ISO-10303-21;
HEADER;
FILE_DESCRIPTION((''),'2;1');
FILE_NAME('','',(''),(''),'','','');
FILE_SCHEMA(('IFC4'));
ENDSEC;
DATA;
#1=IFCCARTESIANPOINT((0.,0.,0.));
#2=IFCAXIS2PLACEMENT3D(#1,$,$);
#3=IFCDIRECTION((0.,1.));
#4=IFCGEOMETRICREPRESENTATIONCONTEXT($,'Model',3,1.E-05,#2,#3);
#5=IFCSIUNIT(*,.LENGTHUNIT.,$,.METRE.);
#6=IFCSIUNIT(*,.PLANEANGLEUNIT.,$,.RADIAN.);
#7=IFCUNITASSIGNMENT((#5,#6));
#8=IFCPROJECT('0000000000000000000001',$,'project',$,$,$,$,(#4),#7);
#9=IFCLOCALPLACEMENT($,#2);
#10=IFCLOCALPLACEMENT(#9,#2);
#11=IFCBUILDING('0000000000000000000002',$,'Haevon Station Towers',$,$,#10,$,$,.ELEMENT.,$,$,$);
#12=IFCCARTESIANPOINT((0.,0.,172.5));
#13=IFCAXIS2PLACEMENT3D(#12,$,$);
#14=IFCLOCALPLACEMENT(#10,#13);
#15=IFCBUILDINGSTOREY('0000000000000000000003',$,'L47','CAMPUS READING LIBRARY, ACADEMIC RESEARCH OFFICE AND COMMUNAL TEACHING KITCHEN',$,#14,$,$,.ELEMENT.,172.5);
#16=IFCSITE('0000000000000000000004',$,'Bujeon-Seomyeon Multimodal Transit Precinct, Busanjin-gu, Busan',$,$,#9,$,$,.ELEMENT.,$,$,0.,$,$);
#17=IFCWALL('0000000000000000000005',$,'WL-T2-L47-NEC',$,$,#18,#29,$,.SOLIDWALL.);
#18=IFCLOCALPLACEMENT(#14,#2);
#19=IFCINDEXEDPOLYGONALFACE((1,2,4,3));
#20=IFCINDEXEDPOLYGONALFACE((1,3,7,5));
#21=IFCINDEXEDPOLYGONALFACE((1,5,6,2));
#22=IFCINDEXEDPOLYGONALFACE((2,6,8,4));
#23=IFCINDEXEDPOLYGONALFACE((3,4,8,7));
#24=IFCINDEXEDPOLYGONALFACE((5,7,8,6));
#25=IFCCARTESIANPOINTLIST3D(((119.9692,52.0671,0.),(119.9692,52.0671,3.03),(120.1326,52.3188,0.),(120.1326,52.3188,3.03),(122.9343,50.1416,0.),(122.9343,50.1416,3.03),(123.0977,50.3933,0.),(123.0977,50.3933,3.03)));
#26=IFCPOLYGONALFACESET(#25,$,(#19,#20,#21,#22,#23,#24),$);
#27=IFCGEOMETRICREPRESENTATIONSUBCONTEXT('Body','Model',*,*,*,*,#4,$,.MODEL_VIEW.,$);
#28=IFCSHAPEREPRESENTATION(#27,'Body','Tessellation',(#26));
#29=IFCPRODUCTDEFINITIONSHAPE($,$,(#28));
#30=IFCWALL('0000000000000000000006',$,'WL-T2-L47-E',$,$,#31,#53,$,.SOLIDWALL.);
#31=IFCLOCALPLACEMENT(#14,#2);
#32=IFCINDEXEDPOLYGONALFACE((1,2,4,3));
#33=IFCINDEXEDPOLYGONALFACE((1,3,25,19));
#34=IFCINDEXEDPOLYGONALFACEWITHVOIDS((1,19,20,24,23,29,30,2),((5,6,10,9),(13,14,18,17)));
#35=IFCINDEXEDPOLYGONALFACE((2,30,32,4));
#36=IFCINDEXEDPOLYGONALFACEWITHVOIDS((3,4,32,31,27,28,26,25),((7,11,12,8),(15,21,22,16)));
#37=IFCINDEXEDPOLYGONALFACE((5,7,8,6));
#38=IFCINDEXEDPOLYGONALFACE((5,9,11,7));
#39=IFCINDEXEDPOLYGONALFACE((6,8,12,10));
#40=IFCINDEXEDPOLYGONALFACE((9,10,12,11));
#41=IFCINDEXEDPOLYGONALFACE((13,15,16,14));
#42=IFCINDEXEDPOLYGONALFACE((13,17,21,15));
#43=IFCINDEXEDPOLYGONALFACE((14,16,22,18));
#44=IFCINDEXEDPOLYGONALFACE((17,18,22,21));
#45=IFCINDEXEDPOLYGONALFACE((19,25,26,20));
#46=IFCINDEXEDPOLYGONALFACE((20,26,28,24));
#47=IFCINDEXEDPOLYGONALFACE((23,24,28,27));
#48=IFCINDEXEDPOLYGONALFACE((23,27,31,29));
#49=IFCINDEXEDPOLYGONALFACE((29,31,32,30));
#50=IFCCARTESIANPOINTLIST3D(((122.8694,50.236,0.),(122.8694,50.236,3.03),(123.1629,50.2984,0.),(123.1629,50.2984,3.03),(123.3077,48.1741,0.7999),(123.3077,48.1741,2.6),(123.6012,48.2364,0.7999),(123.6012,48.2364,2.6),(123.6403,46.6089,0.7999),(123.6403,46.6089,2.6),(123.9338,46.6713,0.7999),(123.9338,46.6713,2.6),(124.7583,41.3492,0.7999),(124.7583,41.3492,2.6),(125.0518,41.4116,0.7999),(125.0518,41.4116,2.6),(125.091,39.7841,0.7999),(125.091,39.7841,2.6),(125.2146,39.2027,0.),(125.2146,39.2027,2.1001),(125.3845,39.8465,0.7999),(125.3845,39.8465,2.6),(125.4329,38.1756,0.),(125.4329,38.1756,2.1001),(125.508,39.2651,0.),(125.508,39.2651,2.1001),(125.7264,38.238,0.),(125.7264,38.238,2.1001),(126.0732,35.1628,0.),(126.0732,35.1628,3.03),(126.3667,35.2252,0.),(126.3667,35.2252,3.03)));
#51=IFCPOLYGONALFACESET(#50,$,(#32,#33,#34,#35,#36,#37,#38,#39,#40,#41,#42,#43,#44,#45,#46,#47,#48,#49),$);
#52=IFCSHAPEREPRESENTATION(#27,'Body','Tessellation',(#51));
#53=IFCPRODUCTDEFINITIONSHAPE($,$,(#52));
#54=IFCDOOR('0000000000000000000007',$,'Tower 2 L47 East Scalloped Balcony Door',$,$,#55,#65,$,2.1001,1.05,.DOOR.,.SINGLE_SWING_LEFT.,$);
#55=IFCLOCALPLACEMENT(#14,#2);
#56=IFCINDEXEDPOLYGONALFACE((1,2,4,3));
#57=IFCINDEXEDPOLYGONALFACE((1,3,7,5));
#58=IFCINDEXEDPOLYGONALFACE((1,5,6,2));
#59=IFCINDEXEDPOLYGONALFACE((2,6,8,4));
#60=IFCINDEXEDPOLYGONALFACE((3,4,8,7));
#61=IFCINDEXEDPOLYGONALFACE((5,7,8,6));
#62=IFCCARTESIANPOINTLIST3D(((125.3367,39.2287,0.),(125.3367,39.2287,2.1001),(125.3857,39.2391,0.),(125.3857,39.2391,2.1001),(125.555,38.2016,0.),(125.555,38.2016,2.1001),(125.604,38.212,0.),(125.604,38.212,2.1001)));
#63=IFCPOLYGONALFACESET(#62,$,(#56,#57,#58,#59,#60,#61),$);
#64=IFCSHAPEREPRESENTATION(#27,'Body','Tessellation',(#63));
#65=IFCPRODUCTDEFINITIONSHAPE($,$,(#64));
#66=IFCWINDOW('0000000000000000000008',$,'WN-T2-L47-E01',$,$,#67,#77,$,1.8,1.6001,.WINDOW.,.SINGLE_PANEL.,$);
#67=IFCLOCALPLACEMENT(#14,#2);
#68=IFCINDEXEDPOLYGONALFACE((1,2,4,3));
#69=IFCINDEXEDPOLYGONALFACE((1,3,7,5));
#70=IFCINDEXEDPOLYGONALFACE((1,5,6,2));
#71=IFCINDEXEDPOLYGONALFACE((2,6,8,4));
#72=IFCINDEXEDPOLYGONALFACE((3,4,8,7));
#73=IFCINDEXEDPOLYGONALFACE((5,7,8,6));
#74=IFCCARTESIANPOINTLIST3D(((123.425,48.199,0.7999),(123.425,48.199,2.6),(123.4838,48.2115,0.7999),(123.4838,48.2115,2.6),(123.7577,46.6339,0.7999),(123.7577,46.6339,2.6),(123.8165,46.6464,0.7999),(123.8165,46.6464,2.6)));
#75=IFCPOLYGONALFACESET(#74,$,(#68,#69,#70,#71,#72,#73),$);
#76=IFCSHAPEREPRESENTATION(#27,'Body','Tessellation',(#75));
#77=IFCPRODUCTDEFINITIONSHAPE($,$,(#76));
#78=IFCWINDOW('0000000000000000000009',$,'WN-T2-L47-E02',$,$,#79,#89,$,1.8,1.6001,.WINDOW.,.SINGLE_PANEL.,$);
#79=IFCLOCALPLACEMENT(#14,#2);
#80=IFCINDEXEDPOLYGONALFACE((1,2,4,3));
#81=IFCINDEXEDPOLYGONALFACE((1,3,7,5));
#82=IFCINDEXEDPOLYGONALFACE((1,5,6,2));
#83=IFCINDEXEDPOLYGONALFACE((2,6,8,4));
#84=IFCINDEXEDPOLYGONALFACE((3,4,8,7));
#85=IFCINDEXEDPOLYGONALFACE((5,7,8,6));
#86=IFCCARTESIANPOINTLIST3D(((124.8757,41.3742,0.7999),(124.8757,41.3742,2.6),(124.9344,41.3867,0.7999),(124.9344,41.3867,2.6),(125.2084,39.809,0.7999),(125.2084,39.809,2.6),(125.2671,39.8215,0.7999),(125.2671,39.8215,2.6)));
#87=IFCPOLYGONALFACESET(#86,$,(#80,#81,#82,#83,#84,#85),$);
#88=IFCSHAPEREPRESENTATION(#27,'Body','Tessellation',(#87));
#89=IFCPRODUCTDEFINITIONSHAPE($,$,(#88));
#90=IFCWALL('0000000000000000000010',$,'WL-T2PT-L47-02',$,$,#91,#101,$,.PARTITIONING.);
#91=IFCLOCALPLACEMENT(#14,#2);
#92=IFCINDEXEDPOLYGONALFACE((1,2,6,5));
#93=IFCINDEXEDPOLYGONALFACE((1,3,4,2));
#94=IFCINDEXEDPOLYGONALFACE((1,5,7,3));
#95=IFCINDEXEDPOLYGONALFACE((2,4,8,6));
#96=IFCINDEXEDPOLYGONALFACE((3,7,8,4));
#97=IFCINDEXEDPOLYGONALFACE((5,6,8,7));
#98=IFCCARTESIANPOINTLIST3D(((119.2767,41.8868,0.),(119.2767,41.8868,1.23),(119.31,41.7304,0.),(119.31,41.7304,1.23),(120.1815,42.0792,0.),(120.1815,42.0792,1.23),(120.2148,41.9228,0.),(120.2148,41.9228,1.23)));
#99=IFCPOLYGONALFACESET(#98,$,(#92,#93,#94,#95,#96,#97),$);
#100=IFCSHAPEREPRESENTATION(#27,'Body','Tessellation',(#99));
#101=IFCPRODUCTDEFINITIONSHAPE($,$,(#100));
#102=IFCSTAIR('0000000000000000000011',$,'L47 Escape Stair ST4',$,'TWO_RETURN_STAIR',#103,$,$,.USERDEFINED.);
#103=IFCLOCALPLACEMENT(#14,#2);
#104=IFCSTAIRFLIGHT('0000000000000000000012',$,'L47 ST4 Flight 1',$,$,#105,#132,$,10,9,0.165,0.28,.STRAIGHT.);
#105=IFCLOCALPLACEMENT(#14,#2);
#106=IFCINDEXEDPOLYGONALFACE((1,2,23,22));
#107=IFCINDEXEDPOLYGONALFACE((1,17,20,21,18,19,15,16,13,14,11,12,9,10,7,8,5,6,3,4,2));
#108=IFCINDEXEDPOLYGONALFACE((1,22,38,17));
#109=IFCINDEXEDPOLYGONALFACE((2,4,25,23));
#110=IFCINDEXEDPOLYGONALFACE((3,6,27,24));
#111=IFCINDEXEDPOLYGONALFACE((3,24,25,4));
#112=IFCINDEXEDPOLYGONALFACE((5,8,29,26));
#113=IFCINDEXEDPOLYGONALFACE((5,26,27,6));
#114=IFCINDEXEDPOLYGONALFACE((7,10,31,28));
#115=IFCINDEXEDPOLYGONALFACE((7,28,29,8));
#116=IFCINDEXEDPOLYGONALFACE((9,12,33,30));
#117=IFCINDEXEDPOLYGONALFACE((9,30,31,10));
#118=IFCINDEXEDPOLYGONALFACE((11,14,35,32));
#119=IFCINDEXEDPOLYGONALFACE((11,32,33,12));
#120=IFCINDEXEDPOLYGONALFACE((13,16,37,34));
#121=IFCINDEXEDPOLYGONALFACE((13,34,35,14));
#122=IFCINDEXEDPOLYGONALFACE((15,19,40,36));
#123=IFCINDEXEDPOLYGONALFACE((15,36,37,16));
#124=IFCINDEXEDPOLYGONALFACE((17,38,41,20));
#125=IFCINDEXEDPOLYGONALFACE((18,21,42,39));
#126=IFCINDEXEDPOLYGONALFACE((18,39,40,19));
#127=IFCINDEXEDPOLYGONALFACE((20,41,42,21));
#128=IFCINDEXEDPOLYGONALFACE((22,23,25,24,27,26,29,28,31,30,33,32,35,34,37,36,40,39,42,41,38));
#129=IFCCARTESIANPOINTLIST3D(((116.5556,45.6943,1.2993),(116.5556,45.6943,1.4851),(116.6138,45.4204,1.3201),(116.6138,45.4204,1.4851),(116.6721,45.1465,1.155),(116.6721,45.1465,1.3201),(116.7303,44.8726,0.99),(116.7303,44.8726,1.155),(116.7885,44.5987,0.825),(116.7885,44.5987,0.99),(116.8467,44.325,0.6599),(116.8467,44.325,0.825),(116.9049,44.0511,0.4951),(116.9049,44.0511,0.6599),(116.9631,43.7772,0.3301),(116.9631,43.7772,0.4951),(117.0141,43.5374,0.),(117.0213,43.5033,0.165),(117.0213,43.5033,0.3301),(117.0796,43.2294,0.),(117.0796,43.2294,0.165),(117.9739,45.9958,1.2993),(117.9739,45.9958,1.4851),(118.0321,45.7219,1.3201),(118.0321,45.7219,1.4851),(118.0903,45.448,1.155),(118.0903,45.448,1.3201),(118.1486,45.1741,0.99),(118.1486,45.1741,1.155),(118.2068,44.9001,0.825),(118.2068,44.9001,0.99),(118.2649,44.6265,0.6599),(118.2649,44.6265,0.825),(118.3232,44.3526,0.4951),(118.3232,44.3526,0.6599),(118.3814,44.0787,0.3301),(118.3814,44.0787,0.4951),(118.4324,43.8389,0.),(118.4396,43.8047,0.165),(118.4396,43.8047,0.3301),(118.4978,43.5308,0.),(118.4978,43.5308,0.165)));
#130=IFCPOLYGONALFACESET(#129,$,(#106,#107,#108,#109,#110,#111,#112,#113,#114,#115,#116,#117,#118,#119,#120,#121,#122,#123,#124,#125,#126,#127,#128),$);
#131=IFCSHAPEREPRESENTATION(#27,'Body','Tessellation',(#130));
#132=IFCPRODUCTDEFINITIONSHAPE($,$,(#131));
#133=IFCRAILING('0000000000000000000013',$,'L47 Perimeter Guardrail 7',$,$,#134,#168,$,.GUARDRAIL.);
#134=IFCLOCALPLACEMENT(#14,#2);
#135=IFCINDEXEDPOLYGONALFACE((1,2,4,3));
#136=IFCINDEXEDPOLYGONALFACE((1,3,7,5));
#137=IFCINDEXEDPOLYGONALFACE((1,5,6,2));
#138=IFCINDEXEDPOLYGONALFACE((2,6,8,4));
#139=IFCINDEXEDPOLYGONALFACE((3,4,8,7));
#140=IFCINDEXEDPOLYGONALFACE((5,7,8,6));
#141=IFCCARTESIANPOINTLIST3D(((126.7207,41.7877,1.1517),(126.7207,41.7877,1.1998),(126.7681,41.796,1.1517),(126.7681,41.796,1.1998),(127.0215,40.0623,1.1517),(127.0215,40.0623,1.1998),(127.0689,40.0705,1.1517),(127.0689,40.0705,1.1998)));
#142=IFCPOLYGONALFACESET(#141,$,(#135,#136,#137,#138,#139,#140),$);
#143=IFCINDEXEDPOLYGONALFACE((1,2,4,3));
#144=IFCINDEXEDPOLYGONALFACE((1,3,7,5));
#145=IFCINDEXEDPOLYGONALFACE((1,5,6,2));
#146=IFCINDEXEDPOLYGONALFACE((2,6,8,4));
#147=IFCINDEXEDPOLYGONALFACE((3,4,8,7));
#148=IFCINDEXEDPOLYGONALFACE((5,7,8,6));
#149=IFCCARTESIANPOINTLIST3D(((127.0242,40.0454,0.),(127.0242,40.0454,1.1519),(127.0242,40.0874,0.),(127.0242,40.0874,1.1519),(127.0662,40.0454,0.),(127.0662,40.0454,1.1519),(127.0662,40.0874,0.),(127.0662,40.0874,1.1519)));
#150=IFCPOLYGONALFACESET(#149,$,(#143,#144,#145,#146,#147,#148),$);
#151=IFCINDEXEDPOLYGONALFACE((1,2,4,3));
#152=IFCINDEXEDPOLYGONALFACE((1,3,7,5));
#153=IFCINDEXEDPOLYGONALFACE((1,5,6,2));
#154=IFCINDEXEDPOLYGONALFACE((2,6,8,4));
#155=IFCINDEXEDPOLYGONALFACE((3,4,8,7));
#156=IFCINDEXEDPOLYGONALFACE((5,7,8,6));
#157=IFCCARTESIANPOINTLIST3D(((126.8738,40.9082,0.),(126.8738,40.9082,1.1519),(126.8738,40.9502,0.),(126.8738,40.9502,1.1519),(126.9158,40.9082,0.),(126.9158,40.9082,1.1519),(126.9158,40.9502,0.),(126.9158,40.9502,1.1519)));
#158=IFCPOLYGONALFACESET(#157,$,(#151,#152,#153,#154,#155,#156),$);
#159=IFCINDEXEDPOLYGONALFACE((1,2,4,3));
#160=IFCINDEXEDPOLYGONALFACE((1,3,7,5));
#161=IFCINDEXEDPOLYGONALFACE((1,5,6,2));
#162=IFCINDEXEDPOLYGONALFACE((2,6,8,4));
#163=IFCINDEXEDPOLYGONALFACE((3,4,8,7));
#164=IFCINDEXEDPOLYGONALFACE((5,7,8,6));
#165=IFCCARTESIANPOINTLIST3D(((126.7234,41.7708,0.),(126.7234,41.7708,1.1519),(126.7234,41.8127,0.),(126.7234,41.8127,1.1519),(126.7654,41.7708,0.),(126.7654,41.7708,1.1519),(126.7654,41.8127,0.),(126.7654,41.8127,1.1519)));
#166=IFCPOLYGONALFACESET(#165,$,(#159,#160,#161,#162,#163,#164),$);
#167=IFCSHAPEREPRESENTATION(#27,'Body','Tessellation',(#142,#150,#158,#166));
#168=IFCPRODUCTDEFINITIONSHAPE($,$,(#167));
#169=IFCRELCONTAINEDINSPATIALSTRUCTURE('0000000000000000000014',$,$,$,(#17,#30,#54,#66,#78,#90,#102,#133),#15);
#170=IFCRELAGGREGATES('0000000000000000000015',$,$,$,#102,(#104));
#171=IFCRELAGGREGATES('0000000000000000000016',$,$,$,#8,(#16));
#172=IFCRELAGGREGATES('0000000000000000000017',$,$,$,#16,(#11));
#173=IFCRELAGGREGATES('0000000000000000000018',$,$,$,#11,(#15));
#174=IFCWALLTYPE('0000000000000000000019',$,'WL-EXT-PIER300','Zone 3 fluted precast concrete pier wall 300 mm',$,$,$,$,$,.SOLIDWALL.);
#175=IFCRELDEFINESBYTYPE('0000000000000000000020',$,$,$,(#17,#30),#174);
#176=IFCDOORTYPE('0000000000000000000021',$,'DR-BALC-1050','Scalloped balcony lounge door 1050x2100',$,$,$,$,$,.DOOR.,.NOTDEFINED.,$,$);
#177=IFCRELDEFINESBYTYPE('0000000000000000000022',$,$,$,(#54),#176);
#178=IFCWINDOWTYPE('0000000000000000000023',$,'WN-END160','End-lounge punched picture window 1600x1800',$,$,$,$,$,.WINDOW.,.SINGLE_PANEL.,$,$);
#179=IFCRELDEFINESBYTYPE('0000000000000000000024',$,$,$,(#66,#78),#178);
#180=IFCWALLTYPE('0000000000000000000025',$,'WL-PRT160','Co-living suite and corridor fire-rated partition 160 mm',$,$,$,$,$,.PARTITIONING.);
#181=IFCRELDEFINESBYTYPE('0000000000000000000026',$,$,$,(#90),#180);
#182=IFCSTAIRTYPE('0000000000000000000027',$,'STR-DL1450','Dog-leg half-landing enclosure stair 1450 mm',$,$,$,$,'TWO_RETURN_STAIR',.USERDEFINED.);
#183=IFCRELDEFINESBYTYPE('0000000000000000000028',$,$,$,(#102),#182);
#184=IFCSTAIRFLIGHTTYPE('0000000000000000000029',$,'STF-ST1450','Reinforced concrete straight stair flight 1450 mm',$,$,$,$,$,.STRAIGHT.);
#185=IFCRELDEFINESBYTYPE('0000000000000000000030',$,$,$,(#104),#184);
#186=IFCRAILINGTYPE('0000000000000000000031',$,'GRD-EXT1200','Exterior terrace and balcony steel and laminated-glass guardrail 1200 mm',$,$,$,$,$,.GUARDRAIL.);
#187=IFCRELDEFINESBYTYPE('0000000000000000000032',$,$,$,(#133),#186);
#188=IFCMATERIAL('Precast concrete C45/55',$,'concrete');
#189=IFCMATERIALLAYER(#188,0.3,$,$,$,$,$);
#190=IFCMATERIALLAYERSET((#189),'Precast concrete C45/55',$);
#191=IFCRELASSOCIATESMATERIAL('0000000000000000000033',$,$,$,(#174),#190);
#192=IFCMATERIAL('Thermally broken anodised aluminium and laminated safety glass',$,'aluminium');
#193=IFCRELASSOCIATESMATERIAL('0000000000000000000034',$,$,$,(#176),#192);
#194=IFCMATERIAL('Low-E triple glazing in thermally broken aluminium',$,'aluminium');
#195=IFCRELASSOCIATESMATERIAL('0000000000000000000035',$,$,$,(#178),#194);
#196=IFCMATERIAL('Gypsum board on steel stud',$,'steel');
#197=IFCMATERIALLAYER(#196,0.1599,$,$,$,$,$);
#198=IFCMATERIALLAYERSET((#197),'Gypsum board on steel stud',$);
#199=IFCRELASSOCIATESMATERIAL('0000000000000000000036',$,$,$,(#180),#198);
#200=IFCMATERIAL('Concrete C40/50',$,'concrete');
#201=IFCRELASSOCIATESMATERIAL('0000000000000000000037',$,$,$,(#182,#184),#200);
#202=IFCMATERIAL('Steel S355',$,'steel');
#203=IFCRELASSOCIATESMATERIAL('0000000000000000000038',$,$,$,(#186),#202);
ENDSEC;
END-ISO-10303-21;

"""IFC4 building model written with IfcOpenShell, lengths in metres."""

from ifc_helpers import new_model, si_unit, direction, frame, frame_2d, origin, origin_2d, place, context, subcontext, project, spatial, polyline, rectangle, outline, extrude, material, layer, layer_set, type_object, element, fill, aggregate, save


model = new_model("IFC4")

# Units and contexts
model_context = context("Model", 3, precision=1e-05, world=origin(), true_north=direction((0.0, 1.0)))
body_context = subcontext(model_context, "Body", "Model", "MODEL_VIEW")
ifc_project = project(units=[si_unit("LENGTHUNIT", "METRE"), si_unit("PLANEANGLEUNIT", "RADIAN")], contexts=[model_context])

# Site, building, storey
site_placement = place(None, origin())
site = spatial("IfcSite", under=ifc_project, at=site_placement, Name="Bujeon-Seomyeon Multimodal Transit Precinct, Busanjin-gu, Busan", CompositionType="ELEMENT", RefElevation=0.0)
building_placement = place(site_placement, origin())
building = spatial("IfcBuilding", under=site, at=building_placement, Name="Haevon Station Towers", CompositionType="ELEMENT")
storey_placement = place(building_placement, frame((0.0, 0.0, 172.5)))
storey = spatial("IfcBuildingStorey", under=building, at=storey_placement, Name="L47", Description="CAMPUS READING LIBRARY, ACADEMIC RESEARCH OFFICE AND COMMUNAL TEACHING KITCHEN", CompositionType="ELEMENT", Elevation=172.5)

# Shared definitions
ifc_material_1 = material(Name="Steel S355", Category="steel")

# Wall
ifc_material_2 = material(Name="Precast concrete C45/55", Category="concrete")
ifc_layer_1 = layer(ifc_material_2, 0.3)
ifc_layer_set_1 = layer_set([ifc_layer_1], Name="Precast concrete C45/55")
wall_type_1 = type_object("IfcWallType", Name="WL-EXT-PIER300", Description="Zone 3 fluted precast concrete pier wall 300 mm", PredefinedType="SOLIDWALL", material=ifc_layer_set_1)
wall_1_placement = place(storey_placement, frame((120.051, 52.1929, 0.0), z_axis=(0.0, 0.0, 1.0), x_axis=(0.838672, -0.544636, 0.0)))
element("IfcWall", 1, at=wall_1_placement, inside=storey, type_object=wall_type_1, Name="WL-T2-L47-NEC", PredefinedType="SOLIDWALL", context=body_context, shape_type="SweptSolid", body=[
    extrude(rectangle(XDim=3.5354, YDim=0.3, at=frame_2d((1.7676, 0.0))), origin(), (0.0, 0.0, 1.0), 3.03),
])

# Wall, openings, door, windows
wall_2_placement = place(storey_placement, frame((123.0161, 50.2673, 0.0), z_axis=(0.0, 0.0, 1.0), x_axis=(0.207908, -0.978148, 0.0)))
wall_2 = element("IfcWall", 2, at=wall_2_placement, inside=storey, type_object=wall_type_1, Name="WL-T2-L47-E", PredefinedType="SOLIDWALL", context=body_context, shape_type="SweptSolid", body=[
    extrude(rectangle(XDim=15.4099, YDim=0.3, at=frame_2d((7.7051, 0.0))), origin(), (0.0, 0.0, 1.0), 3.03),
])
opening_1_placement = place(wall_2_placement, frame((11.28, 0.0, 0.0)))
opening_1 = element("IfcOpeningElement", 3, at=opening_1_placement, cuts=wall_2, PredefinedType="OPENING", context=body_context, shape_type="SweptSolid", body=[
    extrude(rectangle(XDim=1.05, YDim=2.1001, at=frame_2d((0.5249, 1.05))), frame((0.0, 0.1599, 0.0), z_axis=(0.0, -1.0, 0.0), x_axis=(1.0, 0.0, 0.0)), (0.0, 0.0, 1.0), 0.3201),
])
opening_2_placement = place(wall_2_placement, frame((2.1082, 0.0, 0.8)))
opening_2 = element("IfcOpeningElement", 4, at=opening_2_placement, cuts=wall_2, PredefinedType="OPENING", context=body_context, shape_type="SweptSolid", body=[
    extrude(rectangle(XDim=1.6001, YDim=1.8, at=frame_2d((0.8, 0.8999))), frame((0.0, 0.1599, 0.0), z_axis=(0.0, -1.0, 0.0), x_axis=(1.0, 0.0, 0.0)), (0.0, 0.0, 1.0), 0.3201),
])
opening_3_placement = place(wall_2_placement, frame((9.0854, 0.0, 0.8)))
opening_3 = element("IfcOpeningElement", 5, at=opening_3_placement, cuts=wall_2, PredefinedType="OPENING", context=body_context, shape_type="SweptSolid", body=[
    extrude(rectangle(XDim=1.6001, YDim=1.8, at=frame_2d((0.8, 0.8999))), frame((0.0, 0.1599, 0.0), z_axis=(0.0, -1.0, 0.0), x_axis=(1.0, 0.0, 0.0)), (0.0, 0.0, 1.0), 0.3201),
])
ifc_material_3 = material(Name="Thermally broken anodised aluminium and laminated safety glass", Category="aluminium")
door_type = type_object("IfcDoorType", Name="DR-BALC-1050", Description="Scalloped balcony lounge door 1050x2100", OperationType="NOTDEFINED", PredefinedType="DOOR", material=ifc_material_3)
door_placement = place(opening_1_placement, origin())
door = element("IfcDoor", 6, at=door_placement, inside=storey, type_object=door_type, Name="Tower 2 L47 East Scalloped Balcony Door", OperationType="SINGLE_SWING_LEFT", OverallHeight=2.1001, OverallWidth=1.05, PredefinedType="DOOR", context=body_context, shape_type="SweptSolid", body=[
    extrude(rectangle(XDim=1.05, YDim=2.1001, at=frame_2d((0.5249, 1.05))), frame((0.0, 0.0249, 0.0), z_axis=(0.0, -1.0, 0.0), x_axis=(1.0, 0.0, 0.0)), (0.0, 0.0, 1.0), 0.05),
])
fill(opening_1, door)
ifc_material_4 = material(Name="Low-E triple glazing in thermally broken aluminium", Category="aluminium")
window_type = type_object("IfcWindowType", Name="WN-END160", Description="End-lounge punched picture window 1600x1800", PartitioningType="SINGLE_PANEL", PredefinedType="WINDOW", material=ifc_material_4)
window_1_placement = place(opening_2_placement, origin())
window_1 = element("IfcWindow", 7, at=window_1_placement, inside=storey, type_object=window_type, Name="WN-T2-L47-E01", OverallHeight=1.8, OverallWidth=1.6001, PartitioningType="SINGLE_PANEL", PredefinedType="WINDOW", context=body_context, shape_type="SweptSolid", body=[
    extrude(rectangle(XDim=1.6001, YDim=1.8, at=frame_2d((0.8, 0.8999))), frame((0.0, 0.03, 0.0), z_axis=(0.0, -1.0, 0.0), x_axis=(1.0, 0.0, 0.0)), (0.0, 0.0, 1.0), 0.0601),
])
fill(opening_2, window_1)
window_2_placement = place(opening_3_placement, origin())
window_2 = element("IfcWindow", 8, at=window_2_placement, inside=storey, type_object=window_type, Name="WN-T2-L47-E02", OverallHeight=1.8, OverallWidth=1.6001, PartitioningType="SINGLE_PANEL", PredefinedType="WINDOW", context=body_context, shape_type="SweptSolid", body=[
    extrude(rectangle(XDim=1.6001, YDim=1.8, at=frame_2d((0.8, 0.8999))), frame((0.0, 0.03, 0.0), z_axis=(0.0, -1.0, 0.0), x_axis=(1.0, 0.0, 0.0)), (0.0, 0.0, 1.0), 0.0601),
])
fill(opening_3, window_2)

# Wall
ifc_material_5 = material(Name="Gypsum board on steel stud", Category="steel")
ifc_layer_2 = layer(ifc_material_5, 0.1599)
ifc_layer_set_2 = layer_set([ifc_layer_2], Name="Gypsum board on steel stud")
wall_type_2 = type_object("IfcWallType", Name="WL-PRT160", Description="Co-living suite and corridor fire-rated partition 160 mm", PredefinedType="PARTITIONING", material=ifc_layer_set_2)
wall_3_placement = place(storey_placement, frame((119.2935, 41.8086, 0.0), z_axis=(0.0, 0.0, 1.0), x_axis=(0.978133, 0.207979, 0.0)))
element("IfcWall", 9, at=wall_3_placement, inside=storey, type_object=wall_type_2, Name="WL-T2PT-L47-02", PredefinedType="PARTITIONING", context=body_context, shape_type="SweptSolid", body=[
    extrude(rectangle(XDim=0.925, YDim=0.1599, at=frame_2d((0.4624, 0.0))), origin(), (0.0, 0.0, 1.0), 1.23),
])

# Stair, stair flight
ifc_material_6 = material(Name="Concrete C40/50", Category="concrete")
stair_type = type_object("IfcStairType", Name="STR-DL1450", Description="Dog-leg half-landing enclosure stair 1450 mm", ElementType="TWO_RETURN_STAIR", PredefinedType="USERDEFINED", material=ifc_material_6)
stair_placement = place(storey_placement, origin())
stair = element("IfcStair", 10, at=stair_placement, inside=storey, type_object=stair_type, Name="L47 Escape Stair ST4", ObjectType="TWO_RETURN_STAIR", PredefinedType="USERDEFINED")
stair_flight_type = type_object("IfcStairFlightType", Name="STF-ST1450", Description="Reinforced concrete straight stair flight 1450 mm", PredefinedType="STRAIGHT", material=ifc_material_6)
stair_flight_placement = place(storey_placement, frame((117.7888, 43.3801, 0.0), z_axis=(0.0, 0.0, 1.0), x_axis=(-0.207912, 0.978148, 0.0)))
stair_flight = element("IfcStairFlight", 11, at=stair_flight_placement, type_object=stair_flight_type, Name="L47 ST4 Flight 1", NumberOfRisers=10, NumberOfTreads=9, PredefinedType="STRAIGHT", RiserHeight=0.165, TreadLength=0.28, context=body_context, shape_type="SweptSolid", body=[
    extrude(outline(polyline([(0.0, 0.0), (0.0, 0.165), (0.28, 0.165), (0.28, 0.3301), (0.5601, 0.3301), (0.5601, 0.4951), (0.8401, 0.4951), (0.8401, 0.6599), (1.1201, 0.6599), (1.1201, 0.825), (1.3999, 0.825), (1.3999, 0.99), (1.6799, 0.99), (1.6799, 1.155), (1.96, 1.155), (1.96, 1.3201), (2.24, 1.3201), (2.24, 1.4851), (2.52, 1.4851), (2.52, 1.6499), (2.52, 1.2993), (0.3149, 0.0), (0.0, 0.0)])), frame((0.0, 0.7251, 0.0), z_axis=(0.0, -1.0, 0.0), x_axis=(1.0, 0.0, 0.0)), (0.0, 0.0, 1.0), 1.45),
])
aggregate(stair, [stair_flight])

# Railing
railing_type_1 = type_object("IfcRailingType", Name="GRD-EXT1200", Description="Exterior terrace and balcony steel and laminated-glass guardrail 1200 mm", PredefinedType="GUARDRAIL", material=ifc_material_1)
railing_1_placement = place(storey_placement, frame((127.0452, 40.0664, 0.0)))
element("IfcRailing", 12, at=railing_1_placement, inside=storey, type_object=railing_type_1, Name="L47 Perimeter Guardrail 7", PredefinedType="GUARDRAIL", context=body_context, shape_type="SweptSolid", body=[
    extrude(rectangle(XDim=0.0481, YDim=0.0481, at=origin_2d()), frame((0.0, 0.0, 1.1758), z_axis=(-0.171741, 0.985142, 0.0), x_axis=(-0.985142, -0.171741, 0.0)), (0.0, 0.0, 1.0), 1.7515),
    extrude(rectangle(XDim=0.042, YDim=0.042, at=origin_2d()), origin(), (0.0, 0.0, 1.0), 1.1519),
    extrude(rectangle(XDim=0.042, YDim=0.042, at=origin_2d()), frame((-0.1504, 0.8628, 0.0)), (0.0, 0.0, 1.0), 1.1519),
    extrude(rectangle(XDim=0.042, YDim=0.042, at=origin_2d()), frame((-0.3008, 1.7253, 0.0)), (0.0, 0.0, 1.0), 1.1519),
])

save(model, "model.ifc")
